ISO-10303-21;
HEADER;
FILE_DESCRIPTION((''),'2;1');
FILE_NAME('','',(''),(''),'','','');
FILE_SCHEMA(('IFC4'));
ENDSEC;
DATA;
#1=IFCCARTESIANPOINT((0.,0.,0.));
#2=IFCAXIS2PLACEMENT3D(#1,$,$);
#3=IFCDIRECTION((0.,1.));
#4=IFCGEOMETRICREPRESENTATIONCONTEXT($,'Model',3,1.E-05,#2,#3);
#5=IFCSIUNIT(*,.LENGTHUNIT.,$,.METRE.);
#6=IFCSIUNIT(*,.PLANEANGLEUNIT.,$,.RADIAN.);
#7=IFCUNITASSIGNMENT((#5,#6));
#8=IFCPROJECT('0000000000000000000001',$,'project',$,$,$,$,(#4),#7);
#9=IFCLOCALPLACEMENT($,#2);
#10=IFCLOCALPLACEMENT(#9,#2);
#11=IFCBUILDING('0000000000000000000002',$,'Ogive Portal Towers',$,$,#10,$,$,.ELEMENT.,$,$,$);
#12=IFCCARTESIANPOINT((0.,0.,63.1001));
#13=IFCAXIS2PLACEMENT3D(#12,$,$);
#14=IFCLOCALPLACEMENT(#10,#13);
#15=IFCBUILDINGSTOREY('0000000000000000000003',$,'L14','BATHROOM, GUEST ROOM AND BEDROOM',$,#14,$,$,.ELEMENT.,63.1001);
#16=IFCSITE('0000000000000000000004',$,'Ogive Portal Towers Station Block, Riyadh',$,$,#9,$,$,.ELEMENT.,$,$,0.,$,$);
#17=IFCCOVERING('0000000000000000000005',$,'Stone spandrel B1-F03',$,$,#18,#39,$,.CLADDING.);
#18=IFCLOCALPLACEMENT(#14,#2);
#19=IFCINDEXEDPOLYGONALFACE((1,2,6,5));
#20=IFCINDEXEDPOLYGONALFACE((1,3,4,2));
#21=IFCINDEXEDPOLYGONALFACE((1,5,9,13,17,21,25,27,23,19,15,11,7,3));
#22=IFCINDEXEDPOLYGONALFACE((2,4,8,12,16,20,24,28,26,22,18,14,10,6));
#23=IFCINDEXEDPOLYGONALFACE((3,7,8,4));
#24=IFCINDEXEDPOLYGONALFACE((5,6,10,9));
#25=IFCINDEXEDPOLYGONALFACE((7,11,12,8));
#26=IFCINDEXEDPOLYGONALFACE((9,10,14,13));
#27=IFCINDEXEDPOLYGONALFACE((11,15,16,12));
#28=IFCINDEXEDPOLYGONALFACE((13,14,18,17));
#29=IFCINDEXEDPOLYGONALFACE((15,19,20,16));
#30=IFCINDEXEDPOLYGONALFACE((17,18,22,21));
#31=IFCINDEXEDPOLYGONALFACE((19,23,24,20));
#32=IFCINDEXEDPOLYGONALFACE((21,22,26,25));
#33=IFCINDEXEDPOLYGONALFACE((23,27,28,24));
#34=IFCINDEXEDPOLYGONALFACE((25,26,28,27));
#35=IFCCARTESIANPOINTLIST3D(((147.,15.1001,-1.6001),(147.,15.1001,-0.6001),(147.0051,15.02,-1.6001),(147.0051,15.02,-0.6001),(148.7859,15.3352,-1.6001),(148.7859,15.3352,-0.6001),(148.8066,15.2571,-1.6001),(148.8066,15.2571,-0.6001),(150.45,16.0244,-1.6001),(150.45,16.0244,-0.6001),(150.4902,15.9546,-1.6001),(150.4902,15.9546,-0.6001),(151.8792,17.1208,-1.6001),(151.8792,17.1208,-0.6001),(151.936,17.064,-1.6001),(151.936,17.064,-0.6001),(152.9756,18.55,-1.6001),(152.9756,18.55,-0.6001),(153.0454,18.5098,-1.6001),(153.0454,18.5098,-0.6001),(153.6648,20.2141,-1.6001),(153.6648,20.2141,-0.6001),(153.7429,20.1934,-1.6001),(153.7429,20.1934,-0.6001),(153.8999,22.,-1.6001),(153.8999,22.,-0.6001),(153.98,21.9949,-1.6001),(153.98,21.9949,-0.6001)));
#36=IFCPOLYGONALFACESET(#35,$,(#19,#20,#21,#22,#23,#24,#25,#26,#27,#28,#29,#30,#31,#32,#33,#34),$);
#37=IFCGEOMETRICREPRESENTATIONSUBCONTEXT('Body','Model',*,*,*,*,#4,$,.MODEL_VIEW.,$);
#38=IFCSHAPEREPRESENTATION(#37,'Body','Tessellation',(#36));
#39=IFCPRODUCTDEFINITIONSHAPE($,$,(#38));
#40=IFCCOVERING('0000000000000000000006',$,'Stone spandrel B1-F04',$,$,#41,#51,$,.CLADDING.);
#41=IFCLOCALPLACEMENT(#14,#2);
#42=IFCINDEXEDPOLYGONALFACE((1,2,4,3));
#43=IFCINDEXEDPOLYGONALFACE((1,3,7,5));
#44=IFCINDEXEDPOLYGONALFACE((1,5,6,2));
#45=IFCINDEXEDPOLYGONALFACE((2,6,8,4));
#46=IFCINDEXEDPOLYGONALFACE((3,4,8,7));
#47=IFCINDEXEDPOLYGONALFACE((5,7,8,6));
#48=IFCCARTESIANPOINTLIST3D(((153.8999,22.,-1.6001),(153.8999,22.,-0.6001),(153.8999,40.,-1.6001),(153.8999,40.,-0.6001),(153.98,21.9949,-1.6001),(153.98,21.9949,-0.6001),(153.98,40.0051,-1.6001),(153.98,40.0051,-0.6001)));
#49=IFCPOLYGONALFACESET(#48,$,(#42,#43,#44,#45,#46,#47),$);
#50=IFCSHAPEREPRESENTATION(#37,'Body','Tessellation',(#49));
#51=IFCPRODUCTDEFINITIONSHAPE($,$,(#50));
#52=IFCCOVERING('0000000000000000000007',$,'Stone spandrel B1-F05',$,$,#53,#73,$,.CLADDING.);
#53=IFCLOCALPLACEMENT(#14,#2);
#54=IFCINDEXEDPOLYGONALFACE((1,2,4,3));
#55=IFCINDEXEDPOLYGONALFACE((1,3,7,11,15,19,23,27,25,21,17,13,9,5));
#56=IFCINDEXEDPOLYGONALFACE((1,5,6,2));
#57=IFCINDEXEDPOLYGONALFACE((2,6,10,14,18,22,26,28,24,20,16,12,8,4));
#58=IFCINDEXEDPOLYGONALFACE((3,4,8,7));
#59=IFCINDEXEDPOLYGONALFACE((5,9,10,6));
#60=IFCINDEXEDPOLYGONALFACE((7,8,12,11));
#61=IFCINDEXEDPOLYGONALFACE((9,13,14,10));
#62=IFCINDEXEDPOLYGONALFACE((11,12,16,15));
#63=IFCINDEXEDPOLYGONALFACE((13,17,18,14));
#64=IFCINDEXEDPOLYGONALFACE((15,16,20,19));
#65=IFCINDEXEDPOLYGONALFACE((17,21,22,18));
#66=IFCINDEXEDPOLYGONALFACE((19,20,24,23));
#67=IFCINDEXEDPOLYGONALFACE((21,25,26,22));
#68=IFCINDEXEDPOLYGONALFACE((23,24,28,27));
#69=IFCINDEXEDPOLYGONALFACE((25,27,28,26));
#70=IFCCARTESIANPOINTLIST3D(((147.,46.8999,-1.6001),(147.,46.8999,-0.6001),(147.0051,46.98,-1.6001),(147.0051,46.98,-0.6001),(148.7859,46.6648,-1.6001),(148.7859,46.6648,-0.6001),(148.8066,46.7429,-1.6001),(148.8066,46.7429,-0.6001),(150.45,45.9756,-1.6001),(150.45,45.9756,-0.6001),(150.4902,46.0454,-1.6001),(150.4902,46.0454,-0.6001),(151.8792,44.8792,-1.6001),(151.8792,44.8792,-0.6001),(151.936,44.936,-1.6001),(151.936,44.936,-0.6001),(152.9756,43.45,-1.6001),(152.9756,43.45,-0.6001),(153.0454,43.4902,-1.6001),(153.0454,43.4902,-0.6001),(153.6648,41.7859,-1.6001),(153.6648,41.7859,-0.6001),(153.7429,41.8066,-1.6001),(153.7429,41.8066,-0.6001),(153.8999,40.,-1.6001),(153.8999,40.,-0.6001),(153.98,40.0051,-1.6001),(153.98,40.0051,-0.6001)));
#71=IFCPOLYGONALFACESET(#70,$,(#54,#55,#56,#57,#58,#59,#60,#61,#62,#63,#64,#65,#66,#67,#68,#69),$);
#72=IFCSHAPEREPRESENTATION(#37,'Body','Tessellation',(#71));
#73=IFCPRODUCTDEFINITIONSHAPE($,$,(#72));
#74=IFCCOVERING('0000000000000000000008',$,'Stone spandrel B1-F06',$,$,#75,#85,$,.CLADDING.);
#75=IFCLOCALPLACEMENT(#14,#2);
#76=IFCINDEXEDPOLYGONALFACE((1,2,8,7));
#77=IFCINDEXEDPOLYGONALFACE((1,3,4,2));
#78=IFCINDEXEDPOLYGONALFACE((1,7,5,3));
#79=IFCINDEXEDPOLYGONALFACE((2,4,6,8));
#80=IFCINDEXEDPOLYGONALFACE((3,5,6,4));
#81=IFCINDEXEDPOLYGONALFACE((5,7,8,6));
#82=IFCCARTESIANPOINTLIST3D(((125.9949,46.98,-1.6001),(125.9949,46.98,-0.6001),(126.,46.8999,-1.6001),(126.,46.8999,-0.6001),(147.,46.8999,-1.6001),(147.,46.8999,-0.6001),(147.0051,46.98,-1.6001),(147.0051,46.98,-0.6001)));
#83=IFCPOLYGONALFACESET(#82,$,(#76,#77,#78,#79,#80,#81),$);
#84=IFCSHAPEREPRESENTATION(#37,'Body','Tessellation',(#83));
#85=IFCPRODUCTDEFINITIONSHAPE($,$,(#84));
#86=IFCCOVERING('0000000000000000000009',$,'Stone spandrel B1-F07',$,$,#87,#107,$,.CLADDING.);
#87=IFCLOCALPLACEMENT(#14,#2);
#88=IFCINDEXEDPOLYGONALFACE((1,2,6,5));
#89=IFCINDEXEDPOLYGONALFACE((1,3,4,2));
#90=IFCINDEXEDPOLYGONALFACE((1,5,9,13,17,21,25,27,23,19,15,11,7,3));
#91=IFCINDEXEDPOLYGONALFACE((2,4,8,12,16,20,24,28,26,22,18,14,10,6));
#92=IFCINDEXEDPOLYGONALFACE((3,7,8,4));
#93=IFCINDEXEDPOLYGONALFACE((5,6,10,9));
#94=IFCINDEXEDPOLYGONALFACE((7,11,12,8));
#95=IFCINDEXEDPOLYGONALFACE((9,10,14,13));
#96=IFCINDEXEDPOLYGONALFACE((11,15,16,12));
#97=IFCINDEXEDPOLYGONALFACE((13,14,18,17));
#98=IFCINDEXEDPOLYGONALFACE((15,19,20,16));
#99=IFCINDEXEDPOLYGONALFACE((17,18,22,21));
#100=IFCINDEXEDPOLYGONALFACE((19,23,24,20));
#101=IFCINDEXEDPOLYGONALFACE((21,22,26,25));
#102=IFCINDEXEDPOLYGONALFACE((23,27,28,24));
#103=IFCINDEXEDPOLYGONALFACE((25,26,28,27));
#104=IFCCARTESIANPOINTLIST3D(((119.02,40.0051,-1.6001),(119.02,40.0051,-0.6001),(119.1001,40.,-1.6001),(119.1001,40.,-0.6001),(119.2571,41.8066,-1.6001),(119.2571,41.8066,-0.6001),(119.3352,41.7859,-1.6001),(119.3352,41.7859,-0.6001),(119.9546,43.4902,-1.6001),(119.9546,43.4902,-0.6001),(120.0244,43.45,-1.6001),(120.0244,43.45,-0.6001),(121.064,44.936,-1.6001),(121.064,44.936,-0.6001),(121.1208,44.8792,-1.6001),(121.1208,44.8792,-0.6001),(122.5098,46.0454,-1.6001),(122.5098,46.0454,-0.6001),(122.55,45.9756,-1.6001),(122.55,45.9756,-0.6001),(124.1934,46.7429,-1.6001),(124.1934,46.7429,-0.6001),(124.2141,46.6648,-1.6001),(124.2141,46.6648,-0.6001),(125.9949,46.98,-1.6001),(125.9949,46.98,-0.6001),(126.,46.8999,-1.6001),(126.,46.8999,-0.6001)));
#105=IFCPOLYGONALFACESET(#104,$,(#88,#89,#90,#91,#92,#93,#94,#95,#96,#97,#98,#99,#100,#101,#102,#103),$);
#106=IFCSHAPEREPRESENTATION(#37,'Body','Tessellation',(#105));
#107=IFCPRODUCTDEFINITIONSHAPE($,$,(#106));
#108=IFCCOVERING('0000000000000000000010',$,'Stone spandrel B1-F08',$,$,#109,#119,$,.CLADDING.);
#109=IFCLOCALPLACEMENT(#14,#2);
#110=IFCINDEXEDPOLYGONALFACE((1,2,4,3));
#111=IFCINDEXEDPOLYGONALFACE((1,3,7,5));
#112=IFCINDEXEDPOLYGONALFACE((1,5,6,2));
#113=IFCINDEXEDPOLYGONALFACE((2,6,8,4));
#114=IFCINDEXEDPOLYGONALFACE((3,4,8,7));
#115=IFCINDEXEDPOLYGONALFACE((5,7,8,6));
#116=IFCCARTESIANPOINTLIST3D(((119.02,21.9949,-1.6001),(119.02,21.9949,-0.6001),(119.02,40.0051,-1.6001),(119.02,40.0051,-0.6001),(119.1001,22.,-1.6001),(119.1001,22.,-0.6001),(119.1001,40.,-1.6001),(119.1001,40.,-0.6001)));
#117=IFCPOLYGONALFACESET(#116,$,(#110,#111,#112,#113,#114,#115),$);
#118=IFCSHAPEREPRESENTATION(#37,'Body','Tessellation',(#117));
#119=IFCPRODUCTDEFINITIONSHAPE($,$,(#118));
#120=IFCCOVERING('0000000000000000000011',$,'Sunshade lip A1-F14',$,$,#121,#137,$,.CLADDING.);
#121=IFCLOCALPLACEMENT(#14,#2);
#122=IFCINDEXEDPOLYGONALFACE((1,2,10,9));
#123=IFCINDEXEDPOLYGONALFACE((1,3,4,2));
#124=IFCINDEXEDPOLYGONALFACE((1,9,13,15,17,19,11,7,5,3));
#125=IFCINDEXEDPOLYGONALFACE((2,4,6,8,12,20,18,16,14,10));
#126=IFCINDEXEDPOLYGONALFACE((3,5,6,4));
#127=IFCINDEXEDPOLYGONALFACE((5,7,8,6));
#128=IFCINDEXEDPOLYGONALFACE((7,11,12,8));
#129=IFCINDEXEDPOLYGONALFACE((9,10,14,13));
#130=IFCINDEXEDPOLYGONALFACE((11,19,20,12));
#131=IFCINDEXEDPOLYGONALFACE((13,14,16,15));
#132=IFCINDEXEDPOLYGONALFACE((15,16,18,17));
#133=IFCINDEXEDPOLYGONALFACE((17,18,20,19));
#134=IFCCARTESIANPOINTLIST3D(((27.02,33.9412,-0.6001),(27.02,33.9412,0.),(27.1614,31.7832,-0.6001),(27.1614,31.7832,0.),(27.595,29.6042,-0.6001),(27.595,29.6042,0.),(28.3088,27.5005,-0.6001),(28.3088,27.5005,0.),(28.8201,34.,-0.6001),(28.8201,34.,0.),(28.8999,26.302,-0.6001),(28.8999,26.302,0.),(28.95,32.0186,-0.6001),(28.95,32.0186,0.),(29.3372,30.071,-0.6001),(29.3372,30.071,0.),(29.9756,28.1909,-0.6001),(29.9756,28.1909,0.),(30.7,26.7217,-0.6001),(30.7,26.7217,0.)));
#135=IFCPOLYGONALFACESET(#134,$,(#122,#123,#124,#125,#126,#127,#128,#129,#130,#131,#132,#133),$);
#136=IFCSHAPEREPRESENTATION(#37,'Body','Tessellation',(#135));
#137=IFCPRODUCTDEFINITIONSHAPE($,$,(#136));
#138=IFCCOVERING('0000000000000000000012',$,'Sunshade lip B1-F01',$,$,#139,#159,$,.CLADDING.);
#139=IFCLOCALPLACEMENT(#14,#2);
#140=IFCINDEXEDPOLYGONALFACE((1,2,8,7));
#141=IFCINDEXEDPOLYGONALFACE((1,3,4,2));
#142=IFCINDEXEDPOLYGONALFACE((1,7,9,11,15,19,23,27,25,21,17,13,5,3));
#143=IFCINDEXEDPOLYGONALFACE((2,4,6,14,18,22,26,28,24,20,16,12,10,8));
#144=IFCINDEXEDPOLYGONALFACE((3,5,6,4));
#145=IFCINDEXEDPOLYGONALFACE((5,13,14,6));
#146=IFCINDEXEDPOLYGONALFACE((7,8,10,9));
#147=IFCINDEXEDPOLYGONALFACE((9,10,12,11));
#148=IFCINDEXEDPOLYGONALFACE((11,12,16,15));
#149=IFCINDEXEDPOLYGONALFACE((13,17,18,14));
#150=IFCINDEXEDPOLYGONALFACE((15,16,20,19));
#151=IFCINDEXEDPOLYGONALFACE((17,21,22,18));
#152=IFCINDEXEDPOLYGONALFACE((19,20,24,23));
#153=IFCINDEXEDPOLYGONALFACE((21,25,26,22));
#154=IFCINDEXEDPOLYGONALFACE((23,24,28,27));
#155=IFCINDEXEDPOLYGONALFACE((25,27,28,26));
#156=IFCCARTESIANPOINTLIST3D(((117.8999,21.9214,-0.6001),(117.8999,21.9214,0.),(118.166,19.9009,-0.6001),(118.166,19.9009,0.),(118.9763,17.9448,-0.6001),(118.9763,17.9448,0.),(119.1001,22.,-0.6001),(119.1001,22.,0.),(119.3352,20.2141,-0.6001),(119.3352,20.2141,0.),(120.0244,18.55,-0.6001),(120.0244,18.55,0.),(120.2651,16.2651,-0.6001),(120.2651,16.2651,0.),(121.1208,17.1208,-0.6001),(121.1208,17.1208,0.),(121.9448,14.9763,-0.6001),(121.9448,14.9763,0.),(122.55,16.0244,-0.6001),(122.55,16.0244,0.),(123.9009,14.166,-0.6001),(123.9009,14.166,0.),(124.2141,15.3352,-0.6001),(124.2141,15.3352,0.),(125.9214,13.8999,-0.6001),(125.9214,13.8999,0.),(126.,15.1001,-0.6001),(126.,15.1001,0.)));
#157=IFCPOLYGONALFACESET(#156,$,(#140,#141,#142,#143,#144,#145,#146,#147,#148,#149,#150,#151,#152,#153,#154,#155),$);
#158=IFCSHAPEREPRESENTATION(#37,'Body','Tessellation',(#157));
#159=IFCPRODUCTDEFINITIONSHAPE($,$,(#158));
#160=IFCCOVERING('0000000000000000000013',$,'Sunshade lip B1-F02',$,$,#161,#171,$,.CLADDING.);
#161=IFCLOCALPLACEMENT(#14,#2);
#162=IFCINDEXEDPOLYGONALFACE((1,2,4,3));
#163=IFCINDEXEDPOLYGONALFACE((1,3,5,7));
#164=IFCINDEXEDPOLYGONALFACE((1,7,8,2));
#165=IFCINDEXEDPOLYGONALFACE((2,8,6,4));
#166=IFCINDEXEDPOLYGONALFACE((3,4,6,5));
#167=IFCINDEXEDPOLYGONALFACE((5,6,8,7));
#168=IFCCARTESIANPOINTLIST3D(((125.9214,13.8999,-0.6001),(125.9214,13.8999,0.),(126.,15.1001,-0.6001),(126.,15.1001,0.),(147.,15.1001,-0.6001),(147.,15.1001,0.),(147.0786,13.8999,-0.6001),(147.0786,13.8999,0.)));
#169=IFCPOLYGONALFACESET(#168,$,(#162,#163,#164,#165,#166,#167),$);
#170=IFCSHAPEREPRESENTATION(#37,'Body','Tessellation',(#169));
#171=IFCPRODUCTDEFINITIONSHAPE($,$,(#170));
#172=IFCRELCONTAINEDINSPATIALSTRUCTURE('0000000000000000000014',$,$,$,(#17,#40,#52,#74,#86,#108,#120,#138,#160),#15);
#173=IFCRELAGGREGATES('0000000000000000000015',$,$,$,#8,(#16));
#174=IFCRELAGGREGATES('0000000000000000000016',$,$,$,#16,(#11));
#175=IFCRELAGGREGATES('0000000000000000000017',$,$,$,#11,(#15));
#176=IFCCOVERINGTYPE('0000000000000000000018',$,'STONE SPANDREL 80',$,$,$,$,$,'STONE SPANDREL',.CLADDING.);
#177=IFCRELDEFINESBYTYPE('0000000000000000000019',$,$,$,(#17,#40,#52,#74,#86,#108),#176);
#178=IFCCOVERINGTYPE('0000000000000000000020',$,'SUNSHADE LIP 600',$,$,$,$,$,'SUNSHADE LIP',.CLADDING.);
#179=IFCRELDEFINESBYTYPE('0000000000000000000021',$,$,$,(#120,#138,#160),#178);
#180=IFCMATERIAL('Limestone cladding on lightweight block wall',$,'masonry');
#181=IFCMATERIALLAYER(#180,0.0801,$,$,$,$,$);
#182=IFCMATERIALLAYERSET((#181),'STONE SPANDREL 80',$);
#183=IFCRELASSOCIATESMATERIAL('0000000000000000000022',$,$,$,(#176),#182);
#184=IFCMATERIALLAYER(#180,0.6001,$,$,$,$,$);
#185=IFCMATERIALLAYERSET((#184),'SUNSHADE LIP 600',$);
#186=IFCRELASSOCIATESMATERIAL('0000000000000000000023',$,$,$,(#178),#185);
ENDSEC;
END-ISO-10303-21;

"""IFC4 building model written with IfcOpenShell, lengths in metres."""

from ifc_helpers import new_model, si_unit, direction, frame, origin, place, context, subcontext, project, spatial, polyline, outline, extrude, material, layer, layer_set, type_object, element, save


model = new_model("IFC4")

# Units and contexts
model_context = context("Model", 3, precision=1e-05, world=origin(), true_north=direction((0.0, 1.0)))
body_context = subcontext(model_context, "Body", "Model", "MODEL_VIEW")
ifc_project = project(units=[si_unit("LENGTHUNIT", "METRE"), si_unit("PLANEANGLEUNIT", "RADIAN")], contexts=[model_context])

# Site, building, storey
site_placement = place(None, origin())
site = spatial("IfcSite", under=ifc_project, at=site_placement, Name="Ogive Portal Towers Station Block, Riyadh", CompositionType="ELEMENT", RefElevation=0.0)
building_placement = place(site_placement, origin())
building = spatial("IfcBuilding", under=site, at=building_placement, Name="Ogive Portal Towers", CompositionType="ELEMENT")
storey_placement = place(building_placement, frame((0.0, 0.0, 63.1001)))
storey = spatial("IfcBuildingStorey", under=building, at=storey_placement, Name="L14", Description="BATHROOM, GUEST ROOM AND BEDROOM", CompositionType="ELEMENT", Elevation=63.1001)

# Shared definitions
ifc_material_1 = material(Name="Limestone cladding on lightweight block wall", Category="masonry")

# Coverings
ifc_layer_1 = layer(ifc_material_1, 0.0801)
ifc_layer_set_1 = layer_set([ifc_layer_1], Name="STONE SPANDREL 80")
covering_type_1 = type_object("IfcCoveringType", Name="STONE SPANDREL 80", ElementType="STONE SPANDREL", PredefinedType="CLADDING", material=ifc_layer_set_1)
covering_1_placement = place(storey_placement, frame((0.0, 0.0, -1.6001)))
element("IfcCovering", 1, at=covering_1_placement, inside=storey, type_object=covering_type_1, Name="Stone spandrel B1-F03", PredefinedType="CLADDING", context=body_context, shape_type="SweptSolid", body=[
    extrude(outline(polyline([(147.0, 15.1001), (148.7859, 15.3352), (150.45, 16.0244), (151.8792, 17.1208), (152.9756, 18.55), (153.6648, 20.2141), (153.8999, 22.0), (153.98, 21.9949), (153.7429, 20.1934), (153.0454, 18.5098), (151.936, 17.064), (150.4902, 15.9546), (148.8066, 15.2571), (147.0051, 15.02), (147.0, 15.1001)])), origin(), (0.0, 0.0, 1.0), 1.0),
])
covering_2_placement = place(storey_placement, frame((0.0, 0.0, -1.6001)))
element("IfcCovering", 2, at=covering_2_placement, inside=storey, type_object=covering_type_1, Name="Stone spandrel B1-F04", PredefinedType="CLADDING", context=body_context, shape_type="SweptSolid", body=[
    extrude(outline(polyline([(153.8999, 22.0), (153.8999, 40.0), (153.98, 40.0051), (153.98, 21.9949), (153.8999, 22.0)])), origin(), (0.0, 0.0, 1.0), 1.0),
])
covering_3_placement = place(storey_placement, frame((0.0, 0.0, -1.6001)))
element("IfcCovering", 3, at=covering_3_placement, inside=storey, type_object=covering_type_1, Name="Stone spandrel B1-F05", PredefinedType="CLADDING", context=body_context, shape_type="SweptSolid", body=[
    extrude(outline(polyline([(153.8999, 40.0), (153.6648, 41.7859), (152.9756, 43.45), (151.8792, 44.8792), (150.45, 45.9756), (148.7859, 46.6648), (147.0, 46.8999), (147.0051, 46.98), (148.8066, 46.7429), (150.4902, 46.0454), (151.936, 44.936), (153.0454, 43.4902), (153.7429, 41.8066), (153.98, 40.0051), (153.8999, 40.0)])), origin(), (0.0, 0.0, 1.0), 1.0),
])
covering_4_placement = place(storey_placement, frame((0.0, 0.0, -1.6001)))
element("IfcCovering", 4, at=covering_4_placement, inside=storey, type_object=covering_type_1, Name="Stone spandrel B1-F06", PredefinedType="CLADDING", context=body_context, shape_type="SweptSolid", body=[
    extrude(outline(polyline([(147.0, 46.8999), (126.0, 46.8999), (125.9949, 46.98), (147.0051, 46.98), (147.0, 46.8999)])), origin(), (0.0, 0.0, 1.0), 1.0),
])
covering_5_placement = place(storey_placement, frame((0.0, 0.0, -1.6001)))
element("IfcCovering", 5, at=covering_5_placement, inside=storey, type_object=covering_type_1, Name="Stone spandrel B1-F07", PredefinedType="CLADDING", context=body_context, shape_type="SweptSolid", body=[
    extrude(outline(polyline([(126.0, 46.8999), (124.2141, 46.6648), (122.55, 45.9756), (121.1208, 44.8792), (120.0244, 43.45), (119.3352, 41.7859), (119.1001, 40.0), (119.02, 40.0051), (119.2571, 41.8066), (119.9546, 43.4902), (121.064, 44.936), (122.5098, 46.0454), (124.1934, 46.7429), (125.9949, 46.98), (126.0, 46.8999)])), origin(), (0.0, 0.0, 1.0), 1.0),
])
covering_6_placement = place(storey_placement, frame((0.0, 0.0, -1.6001)))
element("IfcCovering", 6, at=covering_6_placement, inside=storey, type_object=covering_type_1, Name="Stone spandrel B1-F08", PredefinedType="CLADDING", context=body_context, shape_type="SweptSolid", body=[
    extrude(outline(polyline([(119.1001, 40.0), (119.1001, 22.0), (119.02, 21.9949), (119.02, 40.0051), (119.1001, 40.0)])), origin(), (0.0, 0.0, 1.0), 1.0),
])
ifc_layer_2 = layer(ifc_material_1, 0.6001)
ifc_layer_set_2 = layer_set([ifc_layer_2], Name="SUNSHADE LIP 600")
covering_type_2 = type_object("IfcCoveringType", Name="SUNSHADE LIP 600", ElementType="SUNSHADE LIP", PredefinedType="CLADDING", material=ifc_layer_set_2)
covering_7_placement = place(storey_placement, frame((0.0, 0.0, -0.6001)))
element("IfcCovering", 7, at=covering_7_placement, inside=storey, type_object=covering_type_2, Name="Sunshade lip A1-F14", PredefinedType="CLADDING", context=body_context, shape_type="SweptSolid", body=[
    extrude(outline(polyline([(28.8201, 34.0), (28.95, 32.0186), (29.3372, 30.071), (29.9756, 28.1909), (30.7, 26.7217), (28.8999, 26.302), (28.3088, 27.5005), (27.595, 29.6042), (27.1614, 31.7832), (27.02, 33.9412), (28.8201, 34.0)])), origin(), (0.0, 0.0, 1.0), 0.6001),
])
covering_8_placement = place(storey_placement, frame((0.0, 0.0, -0.6001)))
element("IfcCovering", 8, at=covering_8_placement, inside=storey, type_object=covering_type_2, Name="Sunshade lip B1-F01", PredefinedType="CLADDING", context=body_context, shape_type="SweptSolid", body=[
    extrude(outline(polyline([(119.1001, 22.0), (119.3352, 20.2141), (120.0244, 18.55), (121.1208, 17.1208), (122.55, 16.0244), (124.2141, 15.3352), (126.0, 15.1001), (125.9214, 13.8999), (123.9009, 14.166), (121.9448, 14.9763), (120.2651, 16.2651), (118.9763, 17.9448), (118.166, 19.9009), (117.8999, 21.9214), (119.1001, 22.0)])), origin(), (0.0, 0.0, 1.0), 0.6001),
])
covering_9_placement = place(storey_placement, frame((0.0, 0.0, -0.6001)))
element("IfcCovering", 9, at=covering_9_placement, inside=storey, type_object=covering_type_2, Name="Sunshade lip B1-F02", PredefinedType="CLADDING", context=body_context, shape_type="SweptSolid", body=[
    extrude(outline(polyline([(126.0, 15.1001), (147.0, 15.1001), (147.0786, 13.8999), (125.9214, 13.8999), (126.0, 15.1001)])), origin(), (0.0, 0.0, 1.0), 0.6001),
])

save(model, "model.ifc")
